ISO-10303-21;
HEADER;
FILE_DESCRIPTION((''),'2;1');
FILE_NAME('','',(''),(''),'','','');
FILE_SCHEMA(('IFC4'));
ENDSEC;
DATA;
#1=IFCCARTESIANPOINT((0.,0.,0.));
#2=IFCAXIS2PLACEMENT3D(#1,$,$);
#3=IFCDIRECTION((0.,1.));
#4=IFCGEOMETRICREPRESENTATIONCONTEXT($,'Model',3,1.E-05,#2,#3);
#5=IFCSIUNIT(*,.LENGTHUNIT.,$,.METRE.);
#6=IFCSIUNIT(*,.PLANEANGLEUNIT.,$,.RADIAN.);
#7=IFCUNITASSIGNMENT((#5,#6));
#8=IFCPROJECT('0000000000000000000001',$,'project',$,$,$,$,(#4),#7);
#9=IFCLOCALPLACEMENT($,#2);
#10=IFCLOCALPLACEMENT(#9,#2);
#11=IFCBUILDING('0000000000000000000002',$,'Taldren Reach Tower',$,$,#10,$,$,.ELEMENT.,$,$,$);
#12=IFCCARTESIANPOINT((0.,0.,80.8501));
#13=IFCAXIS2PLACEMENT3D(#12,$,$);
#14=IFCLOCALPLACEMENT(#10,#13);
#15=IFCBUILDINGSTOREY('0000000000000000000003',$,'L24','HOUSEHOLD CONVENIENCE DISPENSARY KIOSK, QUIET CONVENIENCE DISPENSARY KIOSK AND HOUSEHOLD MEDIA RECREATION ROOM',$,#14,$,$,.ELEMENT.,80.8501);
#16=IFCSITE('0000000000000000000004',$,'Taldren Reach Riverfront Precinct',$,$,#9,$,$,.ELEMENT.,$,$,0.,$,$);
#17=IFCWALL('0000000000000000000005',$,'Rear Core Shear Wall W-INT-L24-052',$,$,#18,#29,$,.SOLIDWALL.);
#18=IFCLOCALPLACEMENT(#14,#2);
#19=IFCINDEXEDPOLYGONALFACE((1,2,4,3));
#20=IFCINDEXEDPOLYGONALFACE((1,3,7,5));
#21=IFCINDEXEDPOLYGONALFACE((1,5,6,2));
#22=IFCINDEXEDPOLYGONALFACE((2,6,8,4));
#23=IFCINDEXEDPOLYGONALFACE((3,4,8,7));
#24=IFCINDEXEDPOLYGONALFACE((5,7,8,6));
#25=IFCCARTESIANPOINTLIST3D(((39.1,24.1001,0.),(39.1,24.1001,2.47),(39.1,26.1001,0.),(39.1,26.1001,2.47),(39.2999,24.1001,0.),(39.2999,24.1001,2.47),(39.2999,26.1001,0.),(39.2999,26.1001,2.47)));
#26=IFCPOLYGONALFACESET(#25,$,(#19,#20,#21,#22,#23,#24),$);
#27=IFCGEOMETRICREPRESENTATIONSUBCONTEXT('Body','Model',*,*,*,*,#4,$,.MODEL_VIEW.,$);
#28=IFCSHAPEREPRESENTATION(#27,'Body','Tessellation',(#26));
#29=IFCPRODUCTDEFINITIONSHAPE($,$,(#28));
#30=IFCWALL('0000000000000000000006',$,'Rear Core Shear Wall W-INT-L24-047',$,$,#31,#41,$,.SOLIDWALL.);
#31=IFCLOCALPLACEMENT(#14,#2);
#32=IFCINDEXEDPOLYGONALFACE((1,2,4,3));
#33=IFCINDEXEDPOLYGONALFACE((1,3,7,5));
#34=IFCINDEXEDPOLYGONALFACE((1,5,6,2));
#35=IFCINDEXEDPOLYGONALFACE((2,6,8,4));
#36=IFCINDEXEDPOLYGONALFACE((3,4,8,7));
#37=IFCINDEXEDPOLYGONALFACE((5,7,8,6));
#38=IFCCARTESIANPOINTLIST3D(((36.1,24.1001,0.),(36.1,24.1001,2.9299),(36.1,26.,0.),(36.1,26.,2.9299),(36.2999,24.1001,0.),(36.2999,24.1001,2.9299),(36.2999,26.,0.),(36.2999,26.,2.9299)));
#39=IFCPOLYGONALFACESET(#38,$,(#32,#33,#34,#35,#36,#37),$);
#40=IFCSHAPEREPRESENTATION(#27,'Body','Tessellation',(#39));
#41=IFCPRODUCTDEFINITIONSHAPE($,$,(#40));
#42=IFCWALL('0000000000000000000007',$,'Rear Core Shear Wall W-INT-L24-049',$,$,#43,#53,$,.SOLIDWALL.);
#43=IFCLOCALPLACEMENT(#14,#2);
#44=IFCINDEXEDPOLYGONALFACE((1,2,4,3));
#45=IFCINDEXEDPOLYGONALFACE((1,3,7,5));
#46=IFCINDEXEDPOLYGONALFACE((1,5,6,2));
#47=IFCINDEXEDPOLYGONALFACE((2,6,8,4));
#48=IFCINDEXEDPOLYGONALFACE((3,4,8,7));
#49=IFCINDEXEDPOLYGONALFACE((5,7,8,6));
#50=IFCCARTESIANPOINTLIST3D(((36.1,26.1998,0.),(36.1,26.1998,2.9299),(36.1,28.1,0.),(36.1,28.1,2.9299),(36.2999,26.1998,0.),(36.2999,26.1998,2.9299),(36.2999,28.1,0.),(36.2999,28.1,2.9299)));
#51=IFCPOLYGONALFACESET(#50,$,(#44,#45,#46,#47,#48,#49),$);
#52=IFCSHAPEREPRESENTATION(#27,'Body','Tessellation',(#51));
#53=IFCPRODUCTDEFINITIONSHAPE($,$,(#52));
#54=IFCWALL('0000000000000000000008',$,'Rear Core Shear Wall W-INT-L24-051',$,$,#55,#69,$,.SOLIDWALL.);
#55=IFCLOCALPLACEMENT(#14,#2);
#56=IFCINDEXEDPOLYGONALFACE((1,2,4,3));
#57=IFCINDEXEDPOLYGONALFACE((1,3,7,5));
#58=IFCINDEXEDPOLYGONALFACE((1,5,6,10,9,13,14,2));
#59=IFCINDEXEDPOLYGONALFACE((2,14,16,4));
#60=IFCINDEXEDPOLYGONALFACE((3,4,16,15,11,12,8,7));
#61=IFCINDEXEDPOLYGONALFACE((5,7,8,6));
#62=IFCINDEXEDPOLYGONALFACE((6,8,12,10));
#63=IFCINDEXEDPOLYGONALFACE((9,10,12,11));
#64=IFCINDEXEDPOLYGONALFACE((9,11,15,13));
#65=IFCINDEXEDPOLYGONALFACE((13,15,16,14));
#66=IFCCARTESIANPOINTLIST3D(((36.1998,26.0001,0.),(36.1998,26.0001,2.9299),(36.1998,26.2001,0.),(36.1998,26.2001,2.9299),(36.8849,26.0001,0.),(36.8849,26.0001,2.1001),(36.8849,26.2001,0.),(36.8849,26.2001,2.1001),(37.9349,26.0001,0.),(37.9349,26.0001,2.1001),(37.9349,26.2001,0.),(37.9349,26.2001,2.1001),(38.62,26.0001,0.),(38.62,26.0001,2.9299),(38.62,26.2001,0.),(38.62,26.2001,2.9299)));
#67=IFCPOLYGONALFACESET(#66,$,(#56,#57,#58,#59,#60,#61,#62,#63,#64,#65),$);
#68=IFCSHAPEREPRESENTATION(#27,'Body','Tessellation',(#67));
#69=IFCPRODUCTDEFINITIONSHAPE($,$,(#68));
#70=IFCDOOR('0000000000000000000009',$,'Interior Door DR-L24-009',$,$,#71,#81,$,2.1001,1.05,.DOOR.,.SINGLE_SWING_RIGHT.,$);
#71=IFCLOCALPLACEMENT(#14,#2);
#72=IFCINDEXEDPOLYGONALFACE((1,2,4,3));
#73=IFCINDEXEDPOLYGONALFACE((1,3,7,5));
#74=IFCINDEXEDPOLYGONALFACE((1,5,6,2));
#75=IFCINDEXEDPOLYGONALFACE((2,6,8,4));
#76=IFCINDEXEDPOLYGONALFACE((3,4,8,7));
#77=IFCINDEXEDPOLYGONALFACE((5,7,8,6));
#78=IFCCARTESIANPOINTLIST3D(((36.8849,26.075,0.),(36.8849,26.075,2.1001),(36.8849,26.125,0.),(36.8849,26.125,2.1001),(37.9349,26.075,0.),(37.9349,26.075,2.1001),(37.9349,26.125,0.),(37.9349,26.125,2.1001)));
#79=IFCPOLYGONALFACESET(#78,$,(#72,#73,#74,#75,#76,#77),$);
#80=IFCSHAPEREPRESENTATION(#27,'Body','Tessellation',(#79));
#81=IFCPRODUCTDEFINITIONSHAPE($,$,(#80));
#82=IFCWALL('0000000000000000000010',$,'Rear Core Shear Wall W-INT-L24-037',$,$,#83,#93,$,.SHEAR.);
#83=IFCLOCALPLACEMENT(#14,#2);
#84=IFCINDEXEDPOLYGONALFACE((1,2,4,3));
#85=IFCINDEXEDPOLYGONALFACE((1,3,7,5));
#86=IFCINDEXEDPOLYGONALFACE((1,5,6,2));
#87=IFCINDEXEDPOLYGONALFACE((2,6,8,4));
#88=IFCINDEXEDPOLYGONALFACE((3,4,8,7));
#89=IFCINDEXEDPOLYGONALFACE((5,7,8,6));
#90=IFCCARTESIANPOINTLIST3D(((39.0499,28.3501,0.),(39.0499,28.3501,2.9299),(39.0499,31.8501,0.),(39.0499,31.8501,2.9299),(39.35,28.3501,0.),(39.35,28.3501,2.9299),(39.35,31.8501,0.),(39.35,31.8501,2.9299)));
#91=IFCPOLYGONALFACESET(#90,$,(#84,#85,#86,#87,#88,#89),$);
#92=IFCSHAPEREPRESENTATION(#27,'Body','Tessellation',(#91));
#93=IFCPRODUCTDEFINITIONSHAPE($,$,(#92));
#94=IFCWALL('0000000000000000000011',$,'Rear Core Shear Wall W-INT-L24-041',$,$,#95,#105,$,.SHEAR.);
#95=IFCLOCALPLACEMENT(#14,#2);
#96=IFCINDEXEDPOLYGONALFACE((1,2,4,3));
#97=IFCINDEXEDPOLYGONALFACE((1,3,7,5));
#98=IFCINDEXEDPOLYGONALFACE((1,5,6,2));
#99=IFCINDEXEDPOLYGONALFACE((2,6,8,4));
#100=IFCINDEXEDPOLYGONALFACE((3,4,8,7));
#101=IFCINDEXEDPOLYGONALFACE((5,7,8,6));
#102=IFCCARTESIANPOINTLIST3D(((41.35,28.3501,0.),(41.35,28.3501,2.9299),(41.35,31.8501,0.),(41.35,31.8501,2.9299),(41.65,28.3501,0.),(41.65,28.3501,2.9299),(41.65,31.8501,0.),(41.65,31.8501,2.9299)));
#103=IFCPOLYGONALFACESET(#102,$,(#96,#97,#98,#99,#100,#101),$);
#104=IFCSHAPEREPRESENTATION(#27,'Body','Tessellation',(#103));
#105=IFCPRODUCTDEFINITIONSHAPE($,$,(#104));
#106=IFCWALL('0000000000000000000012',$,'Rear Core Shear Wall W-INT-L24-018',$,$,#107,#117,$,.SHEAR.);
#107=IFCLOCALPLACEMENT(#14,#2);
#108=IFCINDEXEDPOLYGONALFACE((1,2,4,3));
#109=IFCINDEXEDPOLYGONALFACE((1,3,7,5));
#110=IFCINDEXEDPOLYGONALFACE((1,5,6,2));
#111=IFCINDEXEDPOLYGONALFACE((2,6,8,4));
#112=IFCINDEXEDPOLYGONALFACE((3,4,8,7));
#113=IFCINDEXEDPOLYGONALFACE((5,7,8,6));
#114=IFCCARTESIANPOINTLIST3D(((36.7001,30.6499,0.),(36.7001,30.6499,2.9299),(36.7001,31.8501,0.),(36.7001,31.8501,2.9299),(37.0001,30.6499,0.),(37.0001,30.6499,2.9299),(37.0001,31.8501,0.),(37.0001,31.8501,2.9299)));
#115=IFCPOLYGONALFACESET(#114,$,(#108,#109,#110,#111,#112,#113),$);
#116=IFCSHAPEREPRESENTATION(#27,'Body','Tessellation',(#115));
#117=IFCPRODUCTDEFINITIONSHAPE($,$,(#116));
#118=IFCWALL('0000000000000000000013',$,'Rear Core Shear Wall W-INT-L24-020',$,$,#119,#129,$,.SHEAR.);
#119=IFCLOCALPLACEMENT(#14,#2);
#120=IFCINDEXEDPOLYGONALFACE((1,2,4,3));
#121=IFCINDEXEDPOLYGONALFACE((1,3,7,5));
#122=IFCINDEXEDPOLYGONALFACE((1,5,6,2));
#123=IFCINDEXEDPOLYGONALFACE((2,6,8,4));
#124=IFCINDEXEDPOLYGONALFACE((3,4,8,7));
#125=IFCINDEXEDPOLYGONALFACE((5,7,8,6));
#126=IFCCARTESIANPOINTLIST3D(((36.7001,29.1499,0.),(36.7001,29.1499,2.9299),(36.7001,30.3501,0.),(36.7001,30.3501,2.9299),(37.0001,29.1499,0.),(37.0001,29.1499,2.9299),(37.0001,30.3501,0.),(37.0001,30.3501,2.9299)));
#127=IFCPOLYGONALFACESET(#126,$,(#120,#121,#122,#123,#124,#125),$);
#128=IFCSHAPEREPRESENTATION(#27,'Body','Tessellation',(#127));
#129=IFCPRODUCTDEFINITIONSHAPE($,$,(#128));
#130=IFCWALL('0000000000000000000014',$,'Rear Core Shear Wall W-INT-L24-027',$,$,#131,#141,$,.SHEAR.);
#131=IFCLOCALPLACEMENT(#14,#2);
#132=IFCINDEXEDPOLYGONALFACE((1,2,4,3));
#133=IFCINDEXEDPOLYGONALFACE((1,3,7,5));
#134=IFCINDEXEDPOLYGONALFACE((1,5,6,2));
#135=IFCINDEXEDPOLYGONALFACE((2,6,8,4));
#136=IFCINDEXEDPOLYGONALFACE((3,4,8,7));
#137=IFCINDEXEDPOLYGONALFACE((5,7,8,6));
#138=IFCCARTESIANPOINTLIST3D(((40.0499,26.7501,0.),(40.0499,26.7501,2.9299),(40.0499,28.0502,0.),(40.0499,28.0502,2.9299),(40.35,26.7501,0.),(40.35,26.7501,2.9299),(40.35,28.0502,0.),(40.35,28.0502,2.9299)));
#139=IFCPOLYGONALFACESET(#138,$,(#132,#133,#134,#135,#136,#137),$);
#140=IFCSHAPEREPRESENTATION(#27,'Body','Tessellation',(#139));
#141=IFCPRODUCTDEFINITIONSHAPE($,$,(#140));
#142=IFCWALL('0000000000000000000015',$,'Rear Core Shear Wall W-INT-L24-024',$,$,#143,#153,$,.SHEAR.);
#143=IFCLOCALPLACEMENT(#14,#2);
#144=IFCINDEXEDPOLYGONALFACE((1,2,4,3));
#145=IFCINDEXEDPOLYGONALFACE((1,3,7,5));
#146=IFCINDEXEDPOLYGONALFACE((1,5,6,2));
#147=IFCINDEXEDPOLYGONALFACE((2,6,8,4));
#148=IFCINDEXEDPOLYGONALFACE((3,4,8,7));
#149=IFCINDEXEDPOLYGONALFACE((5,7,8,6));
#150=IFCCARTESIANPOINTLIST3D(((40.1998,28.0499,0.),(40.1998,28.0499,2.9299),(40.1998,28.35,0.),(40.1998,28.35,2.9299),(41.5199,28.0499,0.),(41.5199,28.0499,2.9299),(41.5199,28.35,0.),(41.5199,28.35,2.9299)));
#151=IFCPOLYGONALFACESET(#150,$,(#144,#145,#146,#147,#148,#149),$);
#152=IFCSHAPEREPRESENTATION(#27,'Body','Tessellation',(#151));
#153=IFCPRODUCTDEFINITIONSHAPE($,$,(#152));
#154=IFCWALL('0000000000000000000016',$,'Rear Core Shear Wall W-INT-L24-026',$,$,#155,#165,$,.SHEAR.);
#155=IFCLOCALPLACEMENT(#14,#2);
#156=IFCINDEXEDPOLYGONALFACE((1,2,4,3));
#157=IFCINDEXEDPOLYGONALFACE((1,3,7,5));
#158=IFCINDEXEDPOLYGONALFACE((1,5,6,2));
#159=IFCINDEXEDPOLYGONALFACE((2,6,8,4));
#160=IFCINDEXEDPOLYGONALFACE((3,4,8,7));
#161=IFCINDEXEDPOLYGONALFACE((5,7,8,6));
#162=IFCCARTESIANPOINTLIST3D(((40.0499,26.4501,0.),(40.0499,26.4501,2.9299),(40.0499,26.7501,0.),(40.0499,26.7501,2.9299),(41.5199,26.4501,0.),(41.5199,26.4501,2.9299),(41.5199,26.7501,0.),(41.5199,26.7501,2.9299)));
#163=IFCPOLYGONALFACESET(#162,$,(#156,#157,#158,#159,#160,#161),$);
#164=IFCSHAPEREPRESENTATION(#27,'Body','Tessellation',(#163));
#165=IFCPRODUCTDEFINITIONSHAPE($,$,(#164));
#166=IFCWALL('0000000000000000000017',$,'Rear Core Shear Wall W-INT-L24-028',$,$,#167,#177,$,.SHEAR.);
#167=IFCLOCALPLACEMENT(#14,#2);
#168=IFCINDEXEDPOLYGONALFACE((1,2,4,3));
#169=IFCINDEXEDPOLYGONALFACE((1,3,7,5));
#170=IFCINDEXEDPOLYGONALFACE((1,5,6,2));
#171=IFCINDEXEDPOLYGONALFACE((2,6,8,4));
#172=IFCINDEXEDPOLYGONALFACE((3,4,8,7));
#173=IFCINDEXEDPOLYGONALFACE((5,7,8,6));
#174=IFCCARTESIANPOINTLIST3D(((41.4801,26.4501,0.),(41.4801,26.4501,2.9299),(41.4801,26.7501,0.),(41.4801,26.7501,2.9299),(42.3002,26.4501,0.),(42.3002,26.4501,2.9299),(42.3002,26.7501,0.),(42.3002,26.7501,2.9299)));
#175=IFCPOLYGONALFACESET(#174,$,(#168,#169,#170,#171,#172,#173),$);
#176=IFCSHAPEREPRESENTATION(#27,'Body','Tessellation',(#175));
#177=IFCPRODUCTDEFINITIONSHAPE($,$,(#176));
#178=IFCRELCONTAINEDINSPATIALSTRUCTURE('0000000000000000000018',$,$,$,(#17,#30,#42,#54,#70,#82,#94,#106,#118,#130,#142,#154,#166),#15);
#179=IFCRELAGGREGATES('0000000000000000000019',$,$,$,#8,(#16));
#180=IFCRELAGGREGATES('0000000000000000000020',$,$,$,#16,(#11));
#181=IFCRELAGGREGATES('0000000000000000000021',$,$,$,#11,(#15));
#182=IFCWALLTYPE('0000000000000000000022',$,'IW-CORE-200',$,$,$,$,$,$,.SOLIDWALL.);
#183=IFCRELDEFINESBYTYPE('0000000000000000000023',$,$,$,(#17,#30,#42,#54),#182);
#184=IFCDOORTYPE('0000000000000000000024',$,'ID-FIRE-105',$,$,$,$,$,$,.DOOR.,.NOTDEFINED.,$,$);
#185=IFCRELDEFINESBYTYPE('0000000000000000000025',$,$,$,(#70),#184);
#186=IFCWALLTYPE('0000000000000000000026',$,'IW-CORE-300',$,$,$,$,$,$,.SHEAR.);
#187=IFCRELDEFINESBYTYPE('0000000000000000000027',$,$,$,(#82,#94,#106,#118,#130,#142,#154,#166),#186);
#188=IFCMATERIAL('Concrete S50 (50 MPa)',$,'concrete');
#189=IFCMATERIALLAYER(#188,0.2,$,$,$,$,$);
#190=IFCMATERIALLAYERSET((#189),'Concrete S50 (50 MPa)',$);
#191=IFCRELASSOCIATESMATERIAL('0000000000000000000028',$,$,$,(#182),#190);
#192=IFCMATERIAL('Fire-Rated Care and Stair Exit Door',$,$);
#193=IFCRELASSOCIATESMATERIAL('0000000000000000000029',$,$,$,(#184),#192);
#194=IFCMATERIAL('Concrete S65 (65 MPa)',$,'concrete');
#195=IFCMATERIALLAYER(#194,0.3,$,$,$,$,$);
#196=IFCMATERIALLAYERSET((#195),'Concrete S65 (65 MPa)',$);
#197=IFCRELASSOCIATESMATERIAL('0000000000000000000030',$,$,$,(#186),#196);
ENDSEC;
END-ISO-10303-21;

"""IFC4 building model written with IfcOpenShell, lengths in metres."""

from ifc_helpers import new_model, si_unit, direction, frame, frame_2d, origin, place, context, subcontext, project, spatial, rectangle, extrude, source, transform, mapped, material, layer, layer_set, type_object, element, fill, save


model = new_model("IFC4")

# Units and contexts
model_context = context("Model", 3, precision=1e-05, world=origin(), true_north=direction((0.0, 1.0)))
body_context = subcontext(model_context, "Body", "Model", "MODEL_VIEW")
ifc_project = project(units=[si_unit("LENGTHUNIT", "METRE"), si_unit("PLANEANGLEUNIT", "RADIAN")], contexts=[model_context])

# Site, building, storey
site_placement = place(None, origin())
site = spatial("IfcSite", under=ifc_project, at=site_placement, Name="Taldren Reach Riverfront Precinct", CompositionType="ELEMENT", RefElevation=0.0)
building_placement = place(site_placement, origin())
building = spatial("IfcBuilding", under=site, at=building_placement, Name="Taldren Reach Tower", CompositionType="ELEMENT")
storey_placement = place(building_placement, frame((0.0, 0.0, 80.8501)))
storey = spatial("IfcBuildingStorey", under=building, at=storey_placement, Name="L24", Description="HOUSEHOLD CONVENIENCE DISPENSARY KIOSK, QUIET CONVENIENCE DISPENSARY KIOSK AND HOUSEHOLD MEDIA RECREATION ROOM", CompositionType="ELEMENT", Elevation=80.8501)

# Walls
ifc_material_1 = material(Name="Concrete S50 (50 MPa)", Category="concrete")
ifc_layer_1 = layer(ifc_material_1, 0.2)
ifc_layer_set_1 = layer_set([ifc_layer_1], Name="Concrete S50 (50 MPa)")
wall_type_1 = type_object("IfcWallType", Name="IW-CORE-200", PredefinedType="SOLIDWALL", material=ifc_layer_set_1)
shared_shape_1 = source(origin(), body_context, "Body", "SweptSolid", [
    extrude(rectangle(XDim=2.0, YDim=0.2, at=frame_2d((1.0, 0.0))), origin(), (0.0, 0.0, 1.0), 2.47),
])
wall_1_placement = place(storey_placement, frame((39.2, 26.1001, 0.0), z_axis=(0.0, 0.0, 1.0), x_axis=(0.0, -1.0, 0.0)))
element("IfcWall", 1, at=wall_1_placement, inside=storey, type_object=wall_type_1, Name="Rear Core Shear Wall W-INT-L24-052", PredefinedType="SOLIDWALL", context=body_context, shape_type="MappedRepresentation", body=[
    mapped(shared_shape_1, transform((0.0, 0.0, 0.0), scale=1.0)),
])
shared_shape_2 = source(origin(), body_context, "Body", "SweptSolid", [
    extrude(rectangle(XDim=1.8999, YDim=0.2, at=frame_2d((0.95, 0.0))), origin(), (0.0, 0.0, 1.0), 2.9299),
])
wall_2_placement = place(storey_placement, frame((36.2, 26.0, 0.0), z_axis=(0.0, 0.0, 1.0), x_axis=(0.0, -1.0, 0.0)))
element("IfcWall", 2, at=wall_2_placement, inside=storey, type_object=wall_type_1, Name="Rear Core Shear Wall W-INT-L24-047", PredefinedType="SOLIDWALL", context=body_context, shape_type="MappedRepresentation", body=[
    mapped(shared_shape_2, transform((0.0, 0.0, 0.0), scale=1.0)),
])
shared_shape_3 = source(origin(), body_context, "Body", "SweptSolid", [
    extrude(rectangle(XDim=1.9001, YDim=0.2, at=frame_2d((0.9502, 0.0))), origin(), (0.0, 0.0, 1.0), 2.9299),
])
wall_3_placement = place(storey_placement, frame((36.2, 28.1001, 0.0), z_axis=(0.0, 0.0, 1.0), x_axis=(0.0, -1.0, 0.0)))
element("IfcWall", 3, at=wall_3_placement, inside=storey, type_object=wall_type_1, Name="Rear Core Shear Wall W-INT-L24-049", PredefinedType="SOLIDWALL", context=body_context, shape_type="MappedRepresentation", body=[
    mapped(shared_shape_3, transform((0.0, 0.0, 0.0), scale=1.0)),
])

# Wall, opening, door
shared_shape_4 = source(origin(), body_context, "Body", "SweptSolid", [
    extrude(rectangle(XDim=2.4202, YDim=0.2, at=frame_2d((1.21, 0.0))), origin(), (0.0, 0.0, 1.0), 2.9299),
])
wall_4_placement = place(storey_placement, frame((36.2, 26.1001, 0.0), z_axis=(0.0, 0.0, 1.0), x_axis=(1.0, 0.0, 0.0)))
wall_4 = element("IfcWall", 4, at=wall_4_placement, inside=storey, type_object=wall_type_1, Name="Rear Core Shear Wall W-INT-L24-051", PredefinedType="SOLIDWALL", context=body_context, shape_type="MappedRepresentation", body=[
    mapped(shared_shape_4, transform((0.0, 0.0, 0.0), scale=1.0)),
])
shared_shape_5 = source(origin(), body_context, "Body", "SweptSolid", [
    extrude(rectangle(XDim=1.05, YDim=2.1001, at=frame_2d((0.5249, 1.05))), frame((0.0, 0.1099, 0.0), z_axis=(0.0, -1.0, 0.0), x_axis=(1.0, 0.0, 0.0)), (0.0, 0.0, 1.0), 0.22),
])
opening_1_placement = place(wall_4_placement, frame((0.6851, 0.0, 0.0)))
opening_1 = element("IfcOpeningElement", 5, at=opening_1_placement, cuts=wall_4, PredefinedType="OPENING", context=body_context, shape_type="MappedRepresentation", body=[
    mapped(shared_shape_5, transform((0.0, 0.0, 0.0), scale=1.0)),
])
ifc_material_2 = material(Name="Fire-Rated Care and Stair Exit Door")
door_type_1 = type_object("IfcDoorType", Name="ID-FIRE-105", OperationType="NOTDEFINED", PredefinedType="DOOR", material=ifc_material_2)
shared_shape_6 = source(origin(), body_context, "Body", "SweptSolid", [
    extrude(rectangle(XDim=1.05, YDim=2.1001, at=frame_2d((0.5249, 1.05))), frame((0.0, 0.0249, 0.0), z_axis=(0.0, -1.0, 0.0), x_axis=(1.0, 0.0, 0.0)), (0.0, 0.0, 1.0), 0.05),
])
door_1_placement = place(opening_1_placement, origin())
door_1 = element("IfcDoor", 6, at=door_1_placement, inside=storey, type_object=door_type_1, Name="Interior Door DR-L24-009", OperationType="SINGLE_SWING_RIGHT", OverallHeight=2.1001, OverallWidth=1.05, PredefinedType="DOOR", context=body_context, shape_type="MappedRepresentation", body=[
    mapped(shared_shape_6, transform((0.0, 0.0, 0.0), scale=1.0)),
])
fill(opening_1, door_1)

# Walls
ifc_material_3 = material(Name="Concrete S65 (65 MPa)", Category="concrete")
ifc_layer_2 = layer(ifc_material_3, 0.3)
ifc_layer_set_2 = layer_set([ifc_layer_2], Name="Concrete S65 (65 MPa)")
wall_type_2 = type_object("IfcWallType", Name="IW-CORE-300", PredefinedType="SHEAR", material=ifc_layer_set_2)
shared_shape_7 = source(origin(), body_context, "Body", "SweptSolid", [
    extrude(rectangle(XDim=3.5, YDim=0.3, at=frame_2d((1.75, 0.0))), origin(), (0.0, 0.0, 1.0), 2.9299),
])
for number, where, z_axis, x_axis, name in (
    (7, (39.2, 28.3501, 0.0), (0.0, 0.0, 1.0), (0.0, 1.0, 0.0), "Rear Core Shear Wall W-INT-L24-037"),
    (8, (41.5, 28.3501, 0.0), (0.0, 0.0, 1.0), (0.0, 1.0, 0.0), "Rear Core Shear Wall W-INT-L24-041"),
):
    element("IfcWall", number, at=place(storey_placement, frame(where, z_axis=z_axis, x_axis=x_axis)), inside=storey, type_object=wall_type_2, Name=name, PredefinedType="SHEAR", context=body_context, shape_type="MappedRepresentation", body=[
        mapped(shared_shape_7, transform((0.0, 0.0, 0.0), scale=1.0)),
    ])
shared_shape_8 = source(origin(), body_context, "Body", "SweptSolid", [
    extrude(rectangle(XDim=1.2002, YDim=0.3, at=frame_2d((0.6001, 0.0))), origin(), (0.0, 0.0, 1.0), 2.9299),
])
for number, where, z_axis, x_axis, name in (
    (9, (36.8501, 30.6499, 0.0), (0.0, 0.0, 1.0), (0.0, 1.0, 0.0), "Rear Core Shear Wall W-INT-L24-018"),
    (10, (36.8501, 29.1499, 0.0), (0.0, 0.0, 1.0), (0.0, 1.0, 0.0), "Rear Core Shear Wall W-INT-L24-020"),
):
    element("IfcWall", number, at=place(storey_placement, frame(where, z_axis=z_axis, x_axis=x_axis)), inside=storey, type_object=wall_type_2, Name=name, PredefinedType="SHEAR", context=body_context, shape_type="MappedRepresentation", body=[
        mapped(shared_shape_8, transform((0.0, 0.0, 0.0), scale=1.0)),
    ])
shared_shape_9 = source(origin(), body_context, "Body", "SweptSolid", [
    extrude(rectangle(XDim=1.3, YDim=0.3, at=frame_2d((0.6499, 0.0))), origin(), (0.0, 0.0, 1.0), 2.9299),
])
wall_5_placement = place(storey_placement, frame((40.2, 28.05, 0.0), z_axis=(0.0, 0.0, 1.0), x_axis=(0.0, -1.0, 0.0)))
element("IfcWall", 11, at=wall_5_placement, inside=storey, type_object=wall_type_2, Name="Rear Core Shear Wall W-INT-L24-027", PredefinedType="SHEAR", context=body_context, shape_type="MappedRepresentation", body=[
    mapped(shared_shape_9, transform((0.0, 0.0, 0.0), scale=1.0)),
])
shared_shape_10 = source(origin(), body_context, "Body", "SweptSolid", [
    extrude(rectangle(XDim=1.3201, YDim=0.3, at=frame_2d((0.6602, 0.0))), origin(), (0.0, 0.0, 1.0), 2.9299),
])
wall_6_placement = place(storey_placement, frame((41.52, 28.2, 0.0), z_axis=(0.0, 0.0, 1.0), x_axis=(-1.0, 0.0, 0.0)))
element("IfcWall", 12, at=wall_6_placement, inside=storey, type_object=wall_type_2, Name="Rear Core Shear Wall W-INT-L24-024", PredefinedType="SHEAR", context=body_context, shape_type="MappedRepresentation", body=[
    mapped(shared_shape_10, transform((0.0, 0.0, 0.0), scale=1.0)),
])
shared_shape_11 = source(origin(), body_context, "Body", "SweptSolid", [
    extrude(rectangle(XDim=1.47, YDim=0.3, at=frame_2d((0.7349, 0.0))), origin(), (0.0, 0.0, 1.0), 2.9299),
])
wall_7_placement = place(storey_placement, frame((40.05, 26.6001, 0.0), z_axis=(0.0, 0.0, 1.0), x_axis=(1.0, 0.0, 0.0)))
element("IfcWall", 13, at=wall_7_placement, inside=storey, type_object=wall_type_2, Name="Rear Core Shear Wall W-INT-L24-026", PredefinedType="SHEAR", context=body_context, shape_type="MappedRepresentation", body=[
    mapped(shared_shape_11, transform((0.0, 0.0, 0.0), scale=1.0)),
])
shared_shape_12 = source(origin(), body_context, "Body", "SweptSolid", [
    extrude(rectangle(XDim=0.8201, YDim=0.3, at=frame_2d((0.4102, 0.0))), origin(), (0.0, 0.0, 1.0), 2.9299),
])
wall_8_placement = place(storey_placement, frame((41.48, 26.6001, 0.0), z_axis=(0.0, 0.0, 1.0), x_axis=(1.0, 0.0, 0.0)))
element("IfcWall", 14, at=wall_8_placement, inside=storey, type_object=wall_type_2, Name="Rear Core Shear Wall W-INT-L24-028", PredefinedType="SHEAR", context=body_context, shape_type="MappedRepresentation", body=[
    mapped(shared_shape_12, transform((0.0, 0.0, 0.0), scale=1.0)),
])

save(model, "model.ifc")
